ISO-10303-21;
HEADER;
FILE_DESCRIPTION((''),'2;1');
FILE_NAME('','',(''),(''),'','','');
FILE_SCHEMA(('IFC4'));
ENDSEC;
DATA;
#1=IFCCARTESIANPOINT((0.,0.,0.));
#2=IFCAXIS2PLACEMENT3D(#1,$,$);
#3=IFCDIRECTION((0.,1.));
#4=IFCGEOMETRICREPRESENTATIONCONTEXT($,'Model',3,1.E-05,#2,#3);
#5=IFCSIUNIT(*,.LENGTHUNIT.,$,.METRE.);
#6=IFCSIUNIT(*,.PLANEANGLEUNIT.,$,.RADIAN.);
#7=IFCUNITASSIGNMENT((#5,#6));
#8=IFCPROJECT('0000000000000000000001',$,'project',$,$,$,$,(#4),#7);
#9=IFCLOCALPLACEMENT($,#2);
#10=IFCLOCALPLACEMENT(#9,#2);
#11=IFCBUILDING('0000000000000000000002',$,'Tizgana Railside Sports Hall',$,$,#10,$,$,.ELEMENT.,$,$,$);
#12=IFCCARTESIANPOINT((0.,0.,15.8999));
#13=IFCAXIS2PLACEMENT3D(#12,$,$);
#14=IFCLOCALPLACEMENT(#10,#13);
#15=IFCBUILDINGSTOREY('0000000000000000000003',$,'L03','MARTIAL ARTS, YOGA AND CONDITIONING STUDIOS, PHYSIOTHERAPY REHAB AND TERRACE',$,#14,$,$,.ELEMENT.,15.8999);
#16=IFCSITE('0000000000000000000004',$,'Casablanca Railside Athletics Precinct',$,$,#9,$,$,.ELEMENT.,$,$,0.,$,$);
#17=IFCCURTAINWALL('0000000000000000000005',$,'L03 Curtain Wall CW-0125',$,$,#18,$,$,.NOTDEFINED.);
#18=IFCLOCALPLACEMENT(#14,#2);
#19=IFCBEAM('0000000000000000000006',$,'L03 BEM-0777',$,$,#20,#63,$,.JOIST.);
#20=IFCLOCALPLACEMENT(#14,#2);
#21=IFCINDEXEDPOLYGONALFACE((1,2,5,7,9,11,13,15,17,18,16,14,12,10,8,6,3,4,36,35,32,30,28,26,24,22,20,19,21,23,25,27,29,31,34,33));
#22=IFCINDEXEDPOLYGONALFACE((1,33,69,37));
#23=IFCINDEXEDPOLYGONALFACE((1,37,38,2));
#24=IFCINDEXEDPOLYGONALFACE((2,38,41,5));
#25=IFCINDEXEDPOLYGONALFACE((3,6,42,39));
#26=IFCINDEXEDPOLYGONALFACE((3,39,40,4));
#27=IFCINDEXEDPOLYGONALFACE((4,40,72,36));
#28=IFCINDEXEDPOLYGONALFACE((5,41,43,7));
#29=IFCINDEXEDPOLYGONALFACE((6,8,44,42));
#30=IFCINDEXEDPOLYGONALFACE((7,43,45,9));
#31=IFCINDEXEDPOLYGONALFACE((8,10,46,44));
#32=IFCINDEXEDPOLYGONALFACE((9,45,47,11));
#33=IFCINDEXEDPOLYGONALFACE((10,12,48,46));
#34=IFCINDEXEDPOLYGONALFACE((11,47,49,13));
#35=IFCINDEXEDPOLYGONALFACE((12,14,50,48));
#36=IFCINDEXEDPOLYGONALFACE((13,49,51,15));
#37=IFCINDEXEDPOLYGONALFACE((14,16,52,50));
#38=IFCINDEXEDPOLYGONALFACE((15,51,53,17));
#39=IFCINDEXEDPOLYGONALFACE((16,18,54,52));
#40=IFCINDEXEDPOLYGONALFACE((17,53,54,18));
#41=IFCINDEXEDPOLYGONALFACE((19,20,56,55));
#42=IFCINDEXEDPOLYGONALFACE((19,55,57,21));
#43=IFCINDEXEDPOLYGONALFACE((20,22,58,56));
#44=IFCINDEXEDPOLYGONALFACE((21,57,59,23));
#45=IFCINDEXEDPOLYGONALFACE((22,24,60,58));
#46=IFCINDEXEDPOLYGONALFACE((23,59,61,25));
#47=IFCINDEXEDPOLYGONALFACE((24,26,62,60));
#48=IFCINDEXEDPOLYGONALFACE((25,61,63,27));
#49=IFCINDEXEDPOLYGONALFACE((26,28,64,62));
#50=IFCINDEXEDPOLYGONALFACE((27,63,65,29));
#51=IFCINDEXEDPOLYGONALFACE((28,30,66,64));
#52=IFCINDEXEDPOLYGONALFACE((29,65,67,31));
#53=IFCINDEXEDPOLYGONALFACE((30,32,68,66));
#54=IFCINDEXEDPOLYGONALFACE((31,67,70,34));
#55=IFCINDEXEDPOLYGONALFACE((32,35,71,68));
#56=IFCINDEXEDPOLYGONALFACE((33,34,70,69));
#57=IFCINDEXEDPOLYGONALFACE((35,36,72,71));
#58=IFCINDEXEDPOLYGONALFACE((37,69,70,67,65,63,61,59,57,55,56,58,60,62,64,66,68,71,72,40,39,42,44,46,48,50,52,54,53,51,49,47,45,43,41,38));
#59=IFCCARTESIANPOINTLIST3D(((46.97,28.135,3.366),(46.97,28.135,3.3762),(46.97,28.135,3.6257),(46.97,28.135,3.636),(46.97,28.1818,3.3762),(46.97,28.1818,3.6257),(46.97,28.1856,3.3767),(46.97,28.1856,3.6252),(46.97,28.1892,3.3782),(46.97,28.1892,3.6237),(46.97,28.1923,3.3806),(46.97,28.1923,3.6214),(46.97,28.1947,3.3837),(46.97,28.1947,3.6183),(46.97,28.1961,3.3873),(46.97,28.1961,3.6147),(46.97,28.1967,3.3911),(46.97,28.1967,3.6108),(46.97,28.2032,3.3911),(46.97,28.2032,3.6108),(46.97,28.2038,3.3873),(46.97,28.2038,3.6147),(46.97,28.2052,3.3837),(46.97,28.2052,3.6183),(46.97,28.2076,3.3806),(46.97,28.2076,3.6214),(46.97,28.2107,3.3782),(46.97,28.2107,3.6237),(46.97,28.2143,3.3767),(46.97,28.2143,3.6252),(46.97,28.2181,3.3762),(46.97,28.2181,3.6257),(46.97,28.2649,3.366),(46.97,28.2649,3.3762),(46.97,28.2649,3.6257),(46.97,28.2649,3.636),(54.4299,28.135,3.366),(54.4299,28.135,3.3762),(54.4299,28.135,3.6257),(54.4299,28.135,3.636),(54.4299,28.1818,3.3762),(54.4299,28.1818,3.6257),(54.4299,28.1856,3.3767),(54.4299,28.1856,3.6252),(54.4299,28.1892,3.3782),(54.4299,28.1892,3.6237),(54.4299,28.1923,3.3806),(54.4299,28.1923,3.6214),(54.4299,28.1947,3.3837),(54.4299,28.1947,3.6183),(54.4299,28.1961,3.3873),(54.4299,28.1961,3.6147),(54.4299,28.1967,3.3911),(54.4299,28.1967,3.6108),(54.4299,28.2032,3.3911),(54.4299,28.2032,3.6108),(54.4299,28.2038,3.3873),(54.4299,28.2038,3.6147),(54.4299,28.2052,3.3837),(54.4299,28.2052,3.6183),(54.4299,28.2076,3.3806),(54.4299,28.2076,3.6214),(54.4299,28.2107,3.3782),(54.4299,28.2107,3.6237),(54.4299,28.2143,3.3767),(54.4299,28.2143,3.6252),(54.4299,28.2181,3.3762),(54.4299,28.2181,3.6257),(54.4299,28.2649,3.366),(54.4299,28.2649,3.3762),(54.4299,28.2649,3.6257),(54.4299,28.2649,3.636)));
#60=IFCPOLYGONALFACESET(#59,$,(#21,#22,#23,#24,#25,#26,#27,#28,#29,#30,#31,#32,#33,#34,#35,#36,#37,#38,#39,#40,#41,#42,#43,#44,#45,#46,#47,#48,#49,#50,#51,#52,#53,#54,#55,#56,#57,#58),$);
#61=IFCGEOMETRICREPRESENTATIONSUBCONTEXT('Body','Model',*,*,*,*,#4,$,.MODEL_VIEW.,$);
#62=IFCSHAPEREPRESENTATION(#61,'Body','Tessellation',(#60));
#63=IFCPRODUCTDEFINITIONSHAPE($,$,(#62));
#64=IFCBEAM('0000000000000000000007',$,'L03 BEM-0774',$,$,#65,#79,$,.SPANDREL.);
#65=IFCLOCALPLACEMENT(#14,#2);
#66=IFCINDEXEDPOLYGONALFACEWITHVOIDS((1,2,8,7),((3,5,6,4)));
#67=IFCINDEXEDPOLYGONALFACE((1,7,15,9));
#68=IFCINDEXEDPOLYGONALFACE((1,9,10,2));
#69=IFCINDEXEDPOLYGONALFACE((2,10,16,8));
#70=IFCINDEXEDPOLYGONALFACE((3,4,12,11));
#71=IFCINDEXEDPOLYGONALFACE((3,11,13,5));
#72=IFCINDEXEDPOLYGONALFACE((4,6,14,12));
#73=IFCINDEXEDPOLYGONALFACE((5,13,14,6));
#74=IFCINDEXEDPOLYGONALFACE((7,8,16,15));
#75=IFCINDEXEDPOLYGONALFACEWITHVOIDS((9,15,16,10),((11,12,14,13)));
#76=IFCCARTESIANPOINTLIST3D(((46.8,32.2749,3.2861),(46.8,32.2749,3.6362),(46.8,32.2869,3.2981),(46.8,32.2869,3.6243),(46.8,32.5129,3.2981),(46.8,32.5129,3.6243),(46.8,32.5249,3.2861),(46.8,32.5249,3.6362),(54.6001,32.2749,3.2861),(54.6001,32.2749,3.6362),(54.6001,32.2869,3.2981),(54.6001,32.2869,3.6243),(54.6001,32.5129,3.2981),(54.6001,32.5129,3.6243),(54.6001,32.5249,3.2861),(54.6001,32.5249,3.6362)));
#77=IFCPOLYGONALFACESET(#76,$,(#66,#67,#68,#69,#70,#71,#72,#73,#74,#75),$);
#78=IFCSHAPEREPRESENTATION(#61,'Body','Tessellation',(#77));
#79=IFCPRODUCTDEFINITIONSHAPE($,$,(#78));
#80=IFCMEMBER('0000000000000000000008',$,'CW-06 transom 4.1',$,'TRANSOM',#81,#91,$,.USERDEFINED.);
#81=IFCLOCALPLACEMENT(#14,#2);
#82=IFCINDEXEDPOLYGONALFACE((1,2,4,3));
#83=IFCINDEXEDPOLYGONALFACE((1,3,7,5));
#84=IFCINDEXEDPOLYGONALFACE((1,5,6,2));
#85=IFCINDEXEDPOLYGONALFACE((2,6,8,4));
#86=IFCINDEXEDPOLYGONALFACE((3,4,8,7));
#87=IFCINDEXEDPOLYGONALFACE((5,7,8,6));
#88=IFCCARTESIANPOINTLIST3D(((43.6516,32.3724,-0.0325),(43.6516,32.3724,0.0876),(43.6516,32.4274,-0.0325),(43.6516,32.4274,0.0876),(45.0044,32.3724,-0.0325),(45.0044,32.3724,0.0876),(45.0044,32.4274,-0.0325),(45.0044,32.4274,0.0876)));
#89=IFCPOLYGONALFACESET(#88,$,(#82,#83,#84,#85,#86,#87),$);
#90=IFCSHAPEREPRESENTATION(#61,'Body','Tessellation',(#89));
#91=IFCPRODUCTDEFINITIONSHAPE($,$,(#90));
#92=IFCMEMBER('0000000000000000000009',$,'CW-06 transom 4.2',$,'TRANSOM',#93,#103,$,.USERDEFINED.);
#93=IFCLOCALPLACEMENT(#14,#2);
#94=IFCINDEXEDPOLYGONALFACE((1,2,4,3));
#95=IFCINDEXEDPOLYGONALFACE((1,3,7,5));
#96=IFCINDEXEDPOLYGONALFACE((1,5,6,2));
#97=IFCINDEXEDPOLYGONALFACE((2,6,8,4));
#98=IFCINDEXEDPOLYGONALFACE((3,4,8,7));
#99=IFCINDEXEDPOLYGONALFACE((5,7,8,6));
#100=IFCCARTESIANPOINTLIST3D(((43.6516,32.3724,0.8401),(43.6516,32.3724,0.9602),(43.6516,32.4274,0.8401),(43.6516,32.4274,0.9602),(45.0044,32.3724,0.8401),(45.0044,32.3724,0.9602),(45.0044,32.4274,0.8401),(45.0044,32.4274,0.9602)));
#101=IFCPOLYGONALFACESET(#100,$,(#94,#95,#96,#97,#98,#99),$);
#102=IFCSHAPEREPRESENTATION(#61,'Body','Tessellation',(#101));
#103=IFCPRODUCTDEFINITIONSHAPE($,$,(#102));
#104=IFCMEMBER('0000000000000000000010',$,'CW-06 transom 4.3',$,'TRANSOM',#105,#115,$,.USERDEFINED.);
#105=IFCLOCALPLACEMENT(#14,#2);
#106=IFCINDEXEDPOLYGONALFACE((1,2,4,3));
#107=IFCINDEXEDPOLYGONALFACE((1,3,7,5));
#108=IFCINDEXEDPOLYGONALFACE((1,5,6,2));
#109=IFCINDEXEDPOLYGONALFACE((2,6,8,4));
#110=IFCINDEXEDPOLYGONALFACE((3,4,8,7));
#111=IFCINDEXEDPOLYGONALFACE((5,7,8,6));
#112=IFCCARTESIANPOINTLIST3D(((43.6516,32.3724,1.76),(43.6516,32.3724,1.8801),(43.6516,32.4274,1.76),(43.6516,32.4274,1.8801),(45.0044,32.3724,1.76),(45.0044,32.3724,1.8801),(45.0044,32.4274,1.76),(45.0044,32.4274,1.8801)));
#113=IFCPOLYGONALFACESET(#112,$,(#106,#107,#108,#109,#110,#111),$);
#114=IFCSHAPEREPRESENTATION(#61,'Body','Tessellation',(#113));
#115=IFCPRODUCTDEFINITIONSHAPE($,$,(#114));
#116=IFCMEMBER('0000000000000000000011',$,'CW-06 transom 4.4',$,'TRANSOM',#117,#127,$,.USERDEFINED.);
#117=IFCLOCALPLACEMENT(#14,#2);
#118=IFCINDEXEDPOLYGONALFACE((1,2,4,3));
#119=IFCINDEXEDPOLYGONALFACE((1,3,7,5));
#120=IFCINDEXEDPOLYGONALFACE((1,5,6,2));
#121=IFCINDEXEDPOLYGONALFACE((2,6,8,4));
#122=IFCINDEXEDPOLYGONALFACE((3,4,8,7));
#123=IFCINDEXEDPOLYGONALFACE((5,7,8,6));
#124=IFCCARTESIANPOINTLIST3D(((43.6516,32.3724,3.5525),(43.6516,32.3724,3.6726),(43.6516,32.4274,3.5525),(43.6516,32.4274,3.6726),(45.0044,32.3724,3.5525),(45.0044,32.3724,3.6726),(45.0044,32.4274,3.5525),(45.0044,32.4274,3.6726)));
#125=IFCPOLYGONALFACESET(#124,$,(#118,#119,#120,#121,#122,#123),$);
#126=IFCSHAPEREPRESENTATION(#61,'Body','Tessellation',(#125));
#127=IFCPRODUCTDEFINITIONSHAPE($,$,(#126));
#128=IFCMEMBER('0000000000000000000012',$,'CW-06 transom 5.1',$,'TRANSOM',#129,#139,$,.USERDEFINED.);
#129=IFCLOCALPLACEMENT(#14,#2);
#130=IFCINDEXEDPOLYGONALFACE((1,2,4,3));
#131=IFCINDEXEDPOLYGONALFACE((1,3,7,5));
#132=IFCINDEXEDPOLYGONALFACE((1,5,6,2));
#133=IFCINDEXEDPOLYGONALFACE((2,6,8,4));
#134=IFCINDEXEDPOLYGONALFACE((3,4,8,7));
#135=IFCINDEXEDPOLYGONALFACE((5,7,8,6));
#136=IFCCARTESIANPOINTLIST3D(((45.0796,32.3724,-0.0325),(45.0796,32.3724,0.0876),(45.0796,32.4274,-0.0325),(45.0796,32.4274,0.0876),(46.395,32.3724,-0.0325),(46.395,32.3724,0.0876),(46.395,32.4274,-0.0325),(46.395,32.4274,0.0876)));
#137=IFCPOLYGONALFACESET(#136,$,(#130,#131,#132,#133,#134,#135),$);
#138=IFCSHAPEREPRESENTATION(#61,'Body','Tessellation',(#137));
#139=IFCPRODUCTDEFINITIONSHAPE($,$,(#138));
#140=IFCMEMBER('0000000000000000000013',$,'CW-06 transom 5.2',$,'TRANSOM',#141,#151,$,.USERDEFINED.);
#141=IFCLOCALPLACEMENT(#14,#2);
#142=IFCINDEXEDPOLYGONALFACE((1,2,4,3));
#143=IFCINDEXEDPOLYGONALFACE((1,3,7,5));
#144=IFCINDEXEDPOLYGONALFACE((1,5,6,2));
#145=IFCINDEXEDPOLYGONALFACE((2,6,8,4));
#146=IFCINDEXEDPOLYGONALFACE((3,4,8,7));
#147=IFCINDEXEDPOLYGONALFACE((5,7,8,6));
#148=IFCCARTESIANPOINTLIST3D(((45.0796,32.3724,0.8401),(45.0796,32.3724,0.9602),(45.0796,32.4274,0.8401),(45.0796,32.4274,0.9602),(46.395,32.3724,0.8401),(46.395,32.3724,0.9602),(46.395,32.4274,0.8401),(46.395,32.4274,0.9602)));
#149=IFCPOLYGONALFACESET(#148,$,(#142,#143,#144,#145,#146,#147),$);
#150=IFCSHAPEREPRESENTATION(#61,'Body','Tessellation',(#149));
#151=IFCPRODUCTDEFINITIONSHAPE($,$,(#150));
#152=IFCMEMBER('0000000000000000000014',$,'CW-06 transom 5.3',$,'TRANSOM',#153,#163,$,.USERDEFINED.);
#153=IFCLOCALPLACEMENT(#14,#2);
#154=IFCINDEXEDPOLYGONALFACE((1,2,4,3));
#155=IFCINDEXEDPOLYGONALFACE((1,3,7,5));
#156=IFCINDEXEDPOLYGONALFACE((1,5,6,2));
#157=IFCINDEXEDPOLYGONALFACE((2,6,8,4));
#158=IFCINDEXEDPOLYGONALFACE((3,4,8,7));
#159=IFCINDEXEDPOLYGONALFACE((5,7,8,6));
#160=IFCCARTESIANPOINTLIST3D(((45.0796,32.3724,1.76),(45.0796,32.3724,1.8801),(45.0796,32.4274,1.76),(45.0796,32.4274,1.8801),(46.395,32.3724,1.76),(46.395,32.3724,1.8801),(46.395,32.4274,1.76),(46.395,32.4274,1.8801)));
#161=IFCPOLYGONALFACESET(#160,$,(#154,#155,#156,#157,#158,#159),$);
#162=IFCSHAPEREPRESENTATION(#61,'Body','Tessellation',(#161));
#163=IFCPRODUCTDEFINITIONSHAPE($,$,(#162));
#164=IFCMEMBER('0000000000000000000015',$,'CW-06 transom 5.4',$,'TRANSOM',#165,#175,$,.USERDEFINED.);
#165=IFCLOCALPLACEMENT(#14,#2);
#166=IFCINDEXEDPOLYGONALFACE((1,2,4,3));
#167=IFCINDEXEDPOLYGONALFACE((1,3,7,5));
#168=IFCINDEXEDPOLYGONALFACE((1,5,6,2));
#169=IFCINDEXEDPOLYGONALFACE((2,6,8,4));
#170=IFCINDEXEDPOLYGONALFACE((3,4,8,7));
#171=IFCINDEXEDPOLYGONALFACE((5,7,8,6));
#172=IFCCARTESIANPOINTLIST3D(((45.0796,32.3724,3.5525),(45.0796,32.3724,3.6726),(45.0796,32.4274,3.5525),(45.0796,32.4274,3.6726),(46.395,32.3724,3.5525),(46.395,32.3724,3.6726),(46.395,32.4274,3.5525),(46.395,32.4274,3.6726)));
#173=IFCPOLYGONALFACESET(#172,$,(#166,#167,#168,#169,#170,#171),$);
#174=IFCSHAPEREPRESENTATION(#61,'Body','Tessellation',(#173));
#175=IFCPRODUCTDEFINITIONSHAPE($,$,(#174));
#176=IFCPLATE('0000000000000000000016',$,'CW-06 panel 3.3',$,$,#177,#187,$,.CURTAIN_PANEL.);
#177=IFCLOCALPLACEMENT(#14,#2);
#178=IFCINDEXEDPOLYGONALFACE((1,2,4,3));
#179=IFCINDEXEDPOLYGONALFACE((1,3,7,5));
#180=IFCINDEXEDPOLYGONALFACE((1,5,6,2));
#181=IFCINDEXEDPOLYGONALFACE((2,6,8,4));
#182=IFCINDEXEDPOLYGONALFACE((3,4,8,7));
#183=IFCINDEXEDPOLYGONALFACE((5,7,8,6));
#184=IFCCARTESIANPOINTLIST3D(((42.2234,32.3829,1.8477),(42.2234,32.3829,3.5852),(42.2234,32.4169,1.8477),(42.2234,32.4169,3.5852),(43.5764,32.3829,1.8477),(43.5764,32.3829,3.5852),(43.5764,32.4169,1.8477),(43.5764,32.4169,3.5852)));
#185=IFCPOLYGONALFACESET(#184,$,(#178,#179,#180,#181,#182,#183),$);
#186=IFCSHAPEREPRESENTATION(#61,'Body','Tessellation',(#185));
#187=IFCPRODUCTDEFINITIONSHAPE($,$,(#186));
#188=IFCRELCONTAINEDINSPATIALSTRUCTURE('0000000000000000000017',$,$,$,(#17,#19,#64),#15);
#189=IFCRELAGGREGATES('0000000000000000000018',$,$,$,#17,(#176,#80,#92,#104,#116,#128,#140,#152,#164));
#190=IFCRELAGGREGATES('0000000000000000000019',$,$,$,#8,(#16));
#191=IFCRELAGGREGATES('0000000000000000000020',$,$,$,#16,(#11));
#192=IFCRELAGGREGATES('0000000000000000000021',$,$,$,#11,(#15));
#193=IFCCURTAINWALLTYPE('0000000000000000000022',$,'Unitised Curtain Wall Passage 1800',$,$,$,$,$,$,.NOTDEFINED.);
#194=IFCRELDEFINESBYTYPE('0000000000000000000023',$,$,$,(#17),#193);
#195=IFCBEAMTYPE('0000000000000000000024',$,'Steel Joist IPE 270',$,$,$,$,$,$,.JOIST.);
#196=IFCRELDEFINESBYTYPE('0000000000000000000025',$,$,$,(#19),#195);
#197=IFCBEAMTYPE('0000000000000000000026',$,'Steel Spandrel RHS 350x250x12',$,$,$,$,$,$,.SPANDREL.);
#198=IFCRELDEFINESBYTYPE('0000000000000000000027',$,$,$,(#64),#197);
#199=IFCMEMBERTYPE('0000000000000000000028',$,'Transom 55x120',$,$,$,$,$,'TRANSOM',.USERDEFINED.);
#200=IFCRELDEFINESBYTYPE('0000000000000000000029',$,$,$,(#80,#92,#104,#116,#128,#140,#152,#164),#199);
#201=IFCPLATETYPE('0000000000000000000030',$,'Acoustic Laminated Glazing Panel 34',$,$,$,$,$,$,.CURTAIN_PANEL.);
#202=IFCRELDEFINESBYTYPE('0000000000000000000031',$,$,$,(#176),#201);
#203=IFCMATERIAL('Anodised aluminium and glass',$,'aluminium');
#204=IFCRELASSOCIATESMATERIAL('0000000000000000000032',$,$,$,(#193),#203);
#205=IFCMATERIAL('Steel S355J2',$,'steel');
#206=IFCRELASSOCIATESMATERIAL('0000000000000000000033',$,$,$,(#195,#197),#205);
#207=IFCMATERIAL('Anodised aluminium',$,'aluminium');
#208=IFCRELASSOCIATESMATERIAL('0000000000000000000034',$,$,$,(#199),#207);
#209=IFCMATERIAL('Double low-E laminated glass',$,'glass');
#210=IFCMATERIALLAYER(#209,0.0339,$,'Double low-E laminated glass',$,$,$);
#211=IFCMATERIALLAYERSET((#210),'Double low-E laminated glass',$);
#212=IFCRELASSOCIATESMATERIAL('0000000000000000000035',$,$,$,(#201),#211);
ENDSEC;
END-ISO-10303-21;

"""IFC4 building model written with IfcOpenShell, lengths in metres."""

from ifc_helpers import new_model, si_unit, direction, frame, origin, origin_2d, place, context, subcontext, project, spatial, rectangle, hollow_rectangle, i_section, extrude, material, layer, layer_set, material_profile, profile_set, type_object, element, aggregate, save


model = new_model("IFC4")

# Units and contexts
model_context = context("Model", 3, precision=1e-05, world=origin(), true_north=direction((0.0, 1.0)))
body_context = subcontext(model_context, "Body", "Model", "MODEL_VIEW")
ifc_project = project(units=[si_unit("LENGTHUNIT", "METRE"), si_unit("PLANEANGLEUNIT", "RADIAN")], contexts=[model_context])

# Site, building, storey
site_placement = place(None, origin())
site = spatial("IfcSite", under=ifc_project, at=site_placement, Name="Casablanca Railside Athletics Precinct", CompositionType="ELEMENT", RefElevation=0.0)
building_placement = place(site_placement, origin())
building = spatial("IfcBuilding", under=site, at=building_placement, Name="Tizgana Railside Sports Hall", CompositionType="ELEMENT")
storey_placement = place(building_placement, frame((0.0, 0.0, 15.8999)))
storey = spatial("IfcBuildingStorey", under=building, at=storey_placement, Name="L03", Description="MARTIAL ARTS, YOGA AND CONDITIONING STUDIOS, PHYSIOTHERAPY REHAB AND TERRACE", CompositionType="ELEMENT", Elevation=15.8999)

# Curtain wall
ifc_material_1 = material(Name="Anodised aluminium and glass", Category="aluminium")
curtain_wall_type = type_object("IfcCurtainWallType", Name="Unitised Curtain Wall Passage 1800", PredefinedType="NOTDEFINED", material=ifc_material_1)
curtain_wall_placement = place(storey_placement, origin())
curtain_wall = element("IfcCurtainWall", 1, at=curtain_wall_placement, inside=storey, type_object=curtain_wall_type, Name="L03 Curtain Wall CW-0125", PredefinedType="NOTDEFINED")
ifc_material_2 = material(Name="Anodised aluminium", Category="aluminium")

# Beams
ifc_material_3 = material(Name="Steel S355J2", Category="steel")
ifc_material_profile_1 = material_profile(ifc_material_3, i_section(OverallWidth=0.1299, OverallDepth=0.27, WebThickness=0.0066, FlangeThickness=0.0103, FilletRadius=0.0149, at=origin_2d()), Name="IPE 270")
ifc_profile_set_1 = profile_set([ifc_material_profile_1], Name="Steel S355J2")
beam_type_1 = type_object("IfcBeamType", Name="Steel Joist IPE 270", PredefinedType="JOIST", material=ifc_profile_set_1)
for number, where, z_axis, x_axis, name in (
    (2, (46.97, 28.2, 3.501), (1.0, 0.0, 0.0), (0.0, 1.0, 0.0), "L03 BEM-0777"),
):
    element("IfcBeam", number, at=place(storey_placement, frame(where, z_axis=z_axis, x_axis=x_axis)), inside=storey, type_object=beam_type_1, Name=name, PredefinedType="JOIST", context=body_context, shape_type="SweptSolid", body=[
        extrude(i_section(OverallWidth=0.1299, OverallDepth=0.27, WebThickness=0.0066, FlangeThickness=0.0103, FilletRadius=0.0149, at=origin_2d()), origin(), (0.0, 0.0, 1.0), 7.46),
    ])
ifc_material_profile_2 = material_profile(ifc_material_3, hollow_rectangle(XDim=0.25, YDim=0.3501, WallThickness=0.012, at=origin_2d()), Name="RHS 350x250x12")
ifc_profile_set_2 = profile_set([ifc_material_profile_2], Name="Steel S355J2")
beam_type_2 = type_object("IfcBeamType", Name="Steel Spandrel RHS 350x250x12", PredefinedType="SPANDREL", material=ifc_profile_set_2)
beam_1_placement = place(storey_placement, frame((46.8, 32.3999, 3.4612), z_axis=(1.0, 0.0, 0.0), x_axis=(0.0, 1.0, 0.0)))
element("IfcBeam", 3, at=beam_1_placement, inside=storey, type_object=beam_type_2, Name="L03 BEM-0774", PredefinedType="SPANDREL", context=body_context, shape_type="SweptSolid", body=[
    extrude(hollow_rectangle(XDim=0.25, YDim=0.3501, WallThickness=0.012, at=origin_2d()), origin(), (0.0, 0.0, 1.0), 7.8),
])

# Members
ifc_material_profile_3 = material_profile(ifc_material_2, rectangle(XDim=0.0549, YDim=0.1201, at=origin_2d()), Name="Transom 55x120")
ifc_profile_set_3 = profile_set([ifc_material_profile_3], Name="Anodised aluminium")
member_type_1 = type_object("IfcMemberType", Name="Transom 55x120", ElementType="TRANSOM", PredefinedType="USERDEFINED", material=ifc_profile_set_3)
member_1_placement = place(storey_placement, frame((43.6516, 32.3999, 0.0276), z_axis=(1.0, 0.0, 0.0), x_axis=(0.0, 1.0, 0.0)))
member_1 = element("IfcMember", 4, at=member_1_placement, type_object=member_type_1, Name="CW-06 transom 4.1", ObjectType="TRANSOM", PredefinedType="USERDEFINED", context=body_context, shape_type="SweptSolid", body=[
    extrude(rectangle(XDim=0.0549, YDim=0.1201, at=origin_2d()), origin(), (0.0, 0.0, 1.0), 1.3528),
])
member_2_placement = place(storey_placement, frame((43.6516, 32.3999, 0.9001), z_axis=(1.0, 0.0, 0.0), x_axis=(0.0, 1.0, 0.0)))
member_2 = element("IfcMember", 5, at=member_2_placement, type_object=member_type_1, Name="CW-06 transom 4.2", ObjectType="TRANSOM", PredefinedType="USERDEFINED", context=body_context, shape_type="SweptSolid", body=[
    extrude(rectangle(XDim=0.0549, YDim=0.1201, at=origin_2d()), origin(), (0.0, 0.0, 1.0), 1.3528),
])
member_3_placement = place(storey_placement, frame((43.6516, 32.3999, 1.8201), z_axis=(1.0, 0.0, 0.0), x_axis=(0.0, 1.0, 0.0)))
member_3 = element("IfcMember", 6, at=member_3_placement, type_object=member_type_1, Name="CW-06 transom 4.3", ObjectType="TRANSOM", PredefinedType="USERDEFINED", context=body_context, shape_type="SweptSolid", body=[
    extrude(rectangle(XDim=0.0549, YDim=0.1201, at=origin_2d()), origin(), (0.0, 0.0, 1.0), 1.3528),
])
member_4_placement = place(storey_placement, frame((43.6516, 32.3999, 3.6125), z_axis=(1.0, 0.0, 0.0), x_axis=(0.0, 1.0, 0.0)))
member_4 = element("IfcMember", 7, at=member_4_placement, type_object=member_type_1, Name="CW-06 transom 4.4", ObjectType="TRANSOM", PredefinedType="USERDEFINED", context=body_context, shape_type="SweptSolid", body=[
    extrude(rectangle(XDim=0.0549, YDim=0.1201, at=origin_2d()), origin(), (0.0, 0.0, 1.0), 1.3528),
])
member_5_placement = place(storey_placement, frame((45.0796, 32.3999, 0.0276), z_axis=(1.0, 0.0, 0.0), x_axis=(0.0, 1.0, 0.0)))
member_5 = element("IfcMember", 8, at=member_5_placement, type_object=member_type_1, Name="CW-06 transom 5.1", ObjectType="TRANSOM", PredefinedType="USERDEFINED", context=body_context, shape_type="SweptSolid", body=[
    extrude(rectangle(XDim=0.0549, YDim=0.1201, at=origin_2d()), origin(), (0.0, 0.0, 1.0), 1.3154),
])
member_6_placement = place(storey_placement, frame((45.0796, 32.3999, 0.9001), z_axis=(1.0, 0.0, 0.0), x_axis=(0.0, 1.0, 0.0)))
member_6 = element("IfcMember", 9, at=member_6_placement, type_object=member_type_1, Name="CW-06 transom 5.2", ObjectType="TRANSOM", PredefinedType="USERDEFINED", context=body_context, shape_type="SweptSolid", body=[
    extrude(rectangle(XDim=0.0549, YDim=0.1201, at=origin_2d()), origin(), (0.0, 0.0, 1.0), 1.3154),
])
member_7_placement = place(storey_placement, frame((45.0796, 32.3999, 1.8201), z_axis=(1.0, 0.0, 0.0), x_axis=(0.0, 1.0, 0.0)))
member_7 = element("IfcMember", 10, at=member_7_placement, type_object=member_type_1, Name="CW-06 transom 5.3", ObjectType="TRANSOM", PredefinedType="USERDEFINED", context=body_context, shape_type="SweptSolid", body=[
    extrude(rectangle(XDim=0.0549, YDim=0.1201, at=origin_2d()), origin(), (0.0, 0.0, 1.0), 1.3154),
])
member_8_placement = place(storey_placement, frame((45.0796, 32.3999, 3.6125), z_axis=(1.0, 0.0, 0.0), x_axis=(0.0, 1.0, 0.0)))
member_8 = element("IfcMember", 11, at=member_8_placement, type_object=member_type_1, Name="CW-06 transom 5.4", ObjectType="TRANSOM", PredefinedType="USERDEFINED", context=body_context, shape_type="SweptSolid", body=[
    extrude(rectangle(XDim=0.0549, YDim=0.1201, at=origin_2d()), origin(), (0.0, 0.0, 1.0), 1.3154),
])

# Plate
ifc_material_4 = material(Name="Double low-E laminated glass", Category="glass")
ifc_layer_1 = layer(ifc_material_4, 0.0339, Name="Double low-E laminated glass")
ifc_layer_set_1 = layer_set([ifc_layer_1], Name="Double low-E laminated glass")
plate_type = type_object("IfcPlateType", Name="Acoustic Laminated Glazing Panel 34", PredefinedType="CURTAIN_PANEL", material=ifc_layer_set_1)
plate_1_placement = place(storey_placement, frame((42.8999, 32.3999, 1.8477), z_axis=(0.0, 0.0, 1.0), x_axis=(1.0, 0.0, 0.0)))
plate_1 = element("IfcPlate", 12, at=plate_1_placement, type_object=plate_type, Name="CW-06 panel 3.3", PredefinedType="CURTAIN_PANEL", context=body_context, shape_type="SweptSolid", body=[
    extrude(rectangle(XDim=1.353, YDim=0.0339, at=origin_2d()), origin(), (0.0, 0.0, 1.0), 1.7375),
])
aggregate(curtain_wall, [plate_1, member_1, member_2, member_3, member_4, member_5, member_6, member_7, member_8])

save(model, "model.ifc")
